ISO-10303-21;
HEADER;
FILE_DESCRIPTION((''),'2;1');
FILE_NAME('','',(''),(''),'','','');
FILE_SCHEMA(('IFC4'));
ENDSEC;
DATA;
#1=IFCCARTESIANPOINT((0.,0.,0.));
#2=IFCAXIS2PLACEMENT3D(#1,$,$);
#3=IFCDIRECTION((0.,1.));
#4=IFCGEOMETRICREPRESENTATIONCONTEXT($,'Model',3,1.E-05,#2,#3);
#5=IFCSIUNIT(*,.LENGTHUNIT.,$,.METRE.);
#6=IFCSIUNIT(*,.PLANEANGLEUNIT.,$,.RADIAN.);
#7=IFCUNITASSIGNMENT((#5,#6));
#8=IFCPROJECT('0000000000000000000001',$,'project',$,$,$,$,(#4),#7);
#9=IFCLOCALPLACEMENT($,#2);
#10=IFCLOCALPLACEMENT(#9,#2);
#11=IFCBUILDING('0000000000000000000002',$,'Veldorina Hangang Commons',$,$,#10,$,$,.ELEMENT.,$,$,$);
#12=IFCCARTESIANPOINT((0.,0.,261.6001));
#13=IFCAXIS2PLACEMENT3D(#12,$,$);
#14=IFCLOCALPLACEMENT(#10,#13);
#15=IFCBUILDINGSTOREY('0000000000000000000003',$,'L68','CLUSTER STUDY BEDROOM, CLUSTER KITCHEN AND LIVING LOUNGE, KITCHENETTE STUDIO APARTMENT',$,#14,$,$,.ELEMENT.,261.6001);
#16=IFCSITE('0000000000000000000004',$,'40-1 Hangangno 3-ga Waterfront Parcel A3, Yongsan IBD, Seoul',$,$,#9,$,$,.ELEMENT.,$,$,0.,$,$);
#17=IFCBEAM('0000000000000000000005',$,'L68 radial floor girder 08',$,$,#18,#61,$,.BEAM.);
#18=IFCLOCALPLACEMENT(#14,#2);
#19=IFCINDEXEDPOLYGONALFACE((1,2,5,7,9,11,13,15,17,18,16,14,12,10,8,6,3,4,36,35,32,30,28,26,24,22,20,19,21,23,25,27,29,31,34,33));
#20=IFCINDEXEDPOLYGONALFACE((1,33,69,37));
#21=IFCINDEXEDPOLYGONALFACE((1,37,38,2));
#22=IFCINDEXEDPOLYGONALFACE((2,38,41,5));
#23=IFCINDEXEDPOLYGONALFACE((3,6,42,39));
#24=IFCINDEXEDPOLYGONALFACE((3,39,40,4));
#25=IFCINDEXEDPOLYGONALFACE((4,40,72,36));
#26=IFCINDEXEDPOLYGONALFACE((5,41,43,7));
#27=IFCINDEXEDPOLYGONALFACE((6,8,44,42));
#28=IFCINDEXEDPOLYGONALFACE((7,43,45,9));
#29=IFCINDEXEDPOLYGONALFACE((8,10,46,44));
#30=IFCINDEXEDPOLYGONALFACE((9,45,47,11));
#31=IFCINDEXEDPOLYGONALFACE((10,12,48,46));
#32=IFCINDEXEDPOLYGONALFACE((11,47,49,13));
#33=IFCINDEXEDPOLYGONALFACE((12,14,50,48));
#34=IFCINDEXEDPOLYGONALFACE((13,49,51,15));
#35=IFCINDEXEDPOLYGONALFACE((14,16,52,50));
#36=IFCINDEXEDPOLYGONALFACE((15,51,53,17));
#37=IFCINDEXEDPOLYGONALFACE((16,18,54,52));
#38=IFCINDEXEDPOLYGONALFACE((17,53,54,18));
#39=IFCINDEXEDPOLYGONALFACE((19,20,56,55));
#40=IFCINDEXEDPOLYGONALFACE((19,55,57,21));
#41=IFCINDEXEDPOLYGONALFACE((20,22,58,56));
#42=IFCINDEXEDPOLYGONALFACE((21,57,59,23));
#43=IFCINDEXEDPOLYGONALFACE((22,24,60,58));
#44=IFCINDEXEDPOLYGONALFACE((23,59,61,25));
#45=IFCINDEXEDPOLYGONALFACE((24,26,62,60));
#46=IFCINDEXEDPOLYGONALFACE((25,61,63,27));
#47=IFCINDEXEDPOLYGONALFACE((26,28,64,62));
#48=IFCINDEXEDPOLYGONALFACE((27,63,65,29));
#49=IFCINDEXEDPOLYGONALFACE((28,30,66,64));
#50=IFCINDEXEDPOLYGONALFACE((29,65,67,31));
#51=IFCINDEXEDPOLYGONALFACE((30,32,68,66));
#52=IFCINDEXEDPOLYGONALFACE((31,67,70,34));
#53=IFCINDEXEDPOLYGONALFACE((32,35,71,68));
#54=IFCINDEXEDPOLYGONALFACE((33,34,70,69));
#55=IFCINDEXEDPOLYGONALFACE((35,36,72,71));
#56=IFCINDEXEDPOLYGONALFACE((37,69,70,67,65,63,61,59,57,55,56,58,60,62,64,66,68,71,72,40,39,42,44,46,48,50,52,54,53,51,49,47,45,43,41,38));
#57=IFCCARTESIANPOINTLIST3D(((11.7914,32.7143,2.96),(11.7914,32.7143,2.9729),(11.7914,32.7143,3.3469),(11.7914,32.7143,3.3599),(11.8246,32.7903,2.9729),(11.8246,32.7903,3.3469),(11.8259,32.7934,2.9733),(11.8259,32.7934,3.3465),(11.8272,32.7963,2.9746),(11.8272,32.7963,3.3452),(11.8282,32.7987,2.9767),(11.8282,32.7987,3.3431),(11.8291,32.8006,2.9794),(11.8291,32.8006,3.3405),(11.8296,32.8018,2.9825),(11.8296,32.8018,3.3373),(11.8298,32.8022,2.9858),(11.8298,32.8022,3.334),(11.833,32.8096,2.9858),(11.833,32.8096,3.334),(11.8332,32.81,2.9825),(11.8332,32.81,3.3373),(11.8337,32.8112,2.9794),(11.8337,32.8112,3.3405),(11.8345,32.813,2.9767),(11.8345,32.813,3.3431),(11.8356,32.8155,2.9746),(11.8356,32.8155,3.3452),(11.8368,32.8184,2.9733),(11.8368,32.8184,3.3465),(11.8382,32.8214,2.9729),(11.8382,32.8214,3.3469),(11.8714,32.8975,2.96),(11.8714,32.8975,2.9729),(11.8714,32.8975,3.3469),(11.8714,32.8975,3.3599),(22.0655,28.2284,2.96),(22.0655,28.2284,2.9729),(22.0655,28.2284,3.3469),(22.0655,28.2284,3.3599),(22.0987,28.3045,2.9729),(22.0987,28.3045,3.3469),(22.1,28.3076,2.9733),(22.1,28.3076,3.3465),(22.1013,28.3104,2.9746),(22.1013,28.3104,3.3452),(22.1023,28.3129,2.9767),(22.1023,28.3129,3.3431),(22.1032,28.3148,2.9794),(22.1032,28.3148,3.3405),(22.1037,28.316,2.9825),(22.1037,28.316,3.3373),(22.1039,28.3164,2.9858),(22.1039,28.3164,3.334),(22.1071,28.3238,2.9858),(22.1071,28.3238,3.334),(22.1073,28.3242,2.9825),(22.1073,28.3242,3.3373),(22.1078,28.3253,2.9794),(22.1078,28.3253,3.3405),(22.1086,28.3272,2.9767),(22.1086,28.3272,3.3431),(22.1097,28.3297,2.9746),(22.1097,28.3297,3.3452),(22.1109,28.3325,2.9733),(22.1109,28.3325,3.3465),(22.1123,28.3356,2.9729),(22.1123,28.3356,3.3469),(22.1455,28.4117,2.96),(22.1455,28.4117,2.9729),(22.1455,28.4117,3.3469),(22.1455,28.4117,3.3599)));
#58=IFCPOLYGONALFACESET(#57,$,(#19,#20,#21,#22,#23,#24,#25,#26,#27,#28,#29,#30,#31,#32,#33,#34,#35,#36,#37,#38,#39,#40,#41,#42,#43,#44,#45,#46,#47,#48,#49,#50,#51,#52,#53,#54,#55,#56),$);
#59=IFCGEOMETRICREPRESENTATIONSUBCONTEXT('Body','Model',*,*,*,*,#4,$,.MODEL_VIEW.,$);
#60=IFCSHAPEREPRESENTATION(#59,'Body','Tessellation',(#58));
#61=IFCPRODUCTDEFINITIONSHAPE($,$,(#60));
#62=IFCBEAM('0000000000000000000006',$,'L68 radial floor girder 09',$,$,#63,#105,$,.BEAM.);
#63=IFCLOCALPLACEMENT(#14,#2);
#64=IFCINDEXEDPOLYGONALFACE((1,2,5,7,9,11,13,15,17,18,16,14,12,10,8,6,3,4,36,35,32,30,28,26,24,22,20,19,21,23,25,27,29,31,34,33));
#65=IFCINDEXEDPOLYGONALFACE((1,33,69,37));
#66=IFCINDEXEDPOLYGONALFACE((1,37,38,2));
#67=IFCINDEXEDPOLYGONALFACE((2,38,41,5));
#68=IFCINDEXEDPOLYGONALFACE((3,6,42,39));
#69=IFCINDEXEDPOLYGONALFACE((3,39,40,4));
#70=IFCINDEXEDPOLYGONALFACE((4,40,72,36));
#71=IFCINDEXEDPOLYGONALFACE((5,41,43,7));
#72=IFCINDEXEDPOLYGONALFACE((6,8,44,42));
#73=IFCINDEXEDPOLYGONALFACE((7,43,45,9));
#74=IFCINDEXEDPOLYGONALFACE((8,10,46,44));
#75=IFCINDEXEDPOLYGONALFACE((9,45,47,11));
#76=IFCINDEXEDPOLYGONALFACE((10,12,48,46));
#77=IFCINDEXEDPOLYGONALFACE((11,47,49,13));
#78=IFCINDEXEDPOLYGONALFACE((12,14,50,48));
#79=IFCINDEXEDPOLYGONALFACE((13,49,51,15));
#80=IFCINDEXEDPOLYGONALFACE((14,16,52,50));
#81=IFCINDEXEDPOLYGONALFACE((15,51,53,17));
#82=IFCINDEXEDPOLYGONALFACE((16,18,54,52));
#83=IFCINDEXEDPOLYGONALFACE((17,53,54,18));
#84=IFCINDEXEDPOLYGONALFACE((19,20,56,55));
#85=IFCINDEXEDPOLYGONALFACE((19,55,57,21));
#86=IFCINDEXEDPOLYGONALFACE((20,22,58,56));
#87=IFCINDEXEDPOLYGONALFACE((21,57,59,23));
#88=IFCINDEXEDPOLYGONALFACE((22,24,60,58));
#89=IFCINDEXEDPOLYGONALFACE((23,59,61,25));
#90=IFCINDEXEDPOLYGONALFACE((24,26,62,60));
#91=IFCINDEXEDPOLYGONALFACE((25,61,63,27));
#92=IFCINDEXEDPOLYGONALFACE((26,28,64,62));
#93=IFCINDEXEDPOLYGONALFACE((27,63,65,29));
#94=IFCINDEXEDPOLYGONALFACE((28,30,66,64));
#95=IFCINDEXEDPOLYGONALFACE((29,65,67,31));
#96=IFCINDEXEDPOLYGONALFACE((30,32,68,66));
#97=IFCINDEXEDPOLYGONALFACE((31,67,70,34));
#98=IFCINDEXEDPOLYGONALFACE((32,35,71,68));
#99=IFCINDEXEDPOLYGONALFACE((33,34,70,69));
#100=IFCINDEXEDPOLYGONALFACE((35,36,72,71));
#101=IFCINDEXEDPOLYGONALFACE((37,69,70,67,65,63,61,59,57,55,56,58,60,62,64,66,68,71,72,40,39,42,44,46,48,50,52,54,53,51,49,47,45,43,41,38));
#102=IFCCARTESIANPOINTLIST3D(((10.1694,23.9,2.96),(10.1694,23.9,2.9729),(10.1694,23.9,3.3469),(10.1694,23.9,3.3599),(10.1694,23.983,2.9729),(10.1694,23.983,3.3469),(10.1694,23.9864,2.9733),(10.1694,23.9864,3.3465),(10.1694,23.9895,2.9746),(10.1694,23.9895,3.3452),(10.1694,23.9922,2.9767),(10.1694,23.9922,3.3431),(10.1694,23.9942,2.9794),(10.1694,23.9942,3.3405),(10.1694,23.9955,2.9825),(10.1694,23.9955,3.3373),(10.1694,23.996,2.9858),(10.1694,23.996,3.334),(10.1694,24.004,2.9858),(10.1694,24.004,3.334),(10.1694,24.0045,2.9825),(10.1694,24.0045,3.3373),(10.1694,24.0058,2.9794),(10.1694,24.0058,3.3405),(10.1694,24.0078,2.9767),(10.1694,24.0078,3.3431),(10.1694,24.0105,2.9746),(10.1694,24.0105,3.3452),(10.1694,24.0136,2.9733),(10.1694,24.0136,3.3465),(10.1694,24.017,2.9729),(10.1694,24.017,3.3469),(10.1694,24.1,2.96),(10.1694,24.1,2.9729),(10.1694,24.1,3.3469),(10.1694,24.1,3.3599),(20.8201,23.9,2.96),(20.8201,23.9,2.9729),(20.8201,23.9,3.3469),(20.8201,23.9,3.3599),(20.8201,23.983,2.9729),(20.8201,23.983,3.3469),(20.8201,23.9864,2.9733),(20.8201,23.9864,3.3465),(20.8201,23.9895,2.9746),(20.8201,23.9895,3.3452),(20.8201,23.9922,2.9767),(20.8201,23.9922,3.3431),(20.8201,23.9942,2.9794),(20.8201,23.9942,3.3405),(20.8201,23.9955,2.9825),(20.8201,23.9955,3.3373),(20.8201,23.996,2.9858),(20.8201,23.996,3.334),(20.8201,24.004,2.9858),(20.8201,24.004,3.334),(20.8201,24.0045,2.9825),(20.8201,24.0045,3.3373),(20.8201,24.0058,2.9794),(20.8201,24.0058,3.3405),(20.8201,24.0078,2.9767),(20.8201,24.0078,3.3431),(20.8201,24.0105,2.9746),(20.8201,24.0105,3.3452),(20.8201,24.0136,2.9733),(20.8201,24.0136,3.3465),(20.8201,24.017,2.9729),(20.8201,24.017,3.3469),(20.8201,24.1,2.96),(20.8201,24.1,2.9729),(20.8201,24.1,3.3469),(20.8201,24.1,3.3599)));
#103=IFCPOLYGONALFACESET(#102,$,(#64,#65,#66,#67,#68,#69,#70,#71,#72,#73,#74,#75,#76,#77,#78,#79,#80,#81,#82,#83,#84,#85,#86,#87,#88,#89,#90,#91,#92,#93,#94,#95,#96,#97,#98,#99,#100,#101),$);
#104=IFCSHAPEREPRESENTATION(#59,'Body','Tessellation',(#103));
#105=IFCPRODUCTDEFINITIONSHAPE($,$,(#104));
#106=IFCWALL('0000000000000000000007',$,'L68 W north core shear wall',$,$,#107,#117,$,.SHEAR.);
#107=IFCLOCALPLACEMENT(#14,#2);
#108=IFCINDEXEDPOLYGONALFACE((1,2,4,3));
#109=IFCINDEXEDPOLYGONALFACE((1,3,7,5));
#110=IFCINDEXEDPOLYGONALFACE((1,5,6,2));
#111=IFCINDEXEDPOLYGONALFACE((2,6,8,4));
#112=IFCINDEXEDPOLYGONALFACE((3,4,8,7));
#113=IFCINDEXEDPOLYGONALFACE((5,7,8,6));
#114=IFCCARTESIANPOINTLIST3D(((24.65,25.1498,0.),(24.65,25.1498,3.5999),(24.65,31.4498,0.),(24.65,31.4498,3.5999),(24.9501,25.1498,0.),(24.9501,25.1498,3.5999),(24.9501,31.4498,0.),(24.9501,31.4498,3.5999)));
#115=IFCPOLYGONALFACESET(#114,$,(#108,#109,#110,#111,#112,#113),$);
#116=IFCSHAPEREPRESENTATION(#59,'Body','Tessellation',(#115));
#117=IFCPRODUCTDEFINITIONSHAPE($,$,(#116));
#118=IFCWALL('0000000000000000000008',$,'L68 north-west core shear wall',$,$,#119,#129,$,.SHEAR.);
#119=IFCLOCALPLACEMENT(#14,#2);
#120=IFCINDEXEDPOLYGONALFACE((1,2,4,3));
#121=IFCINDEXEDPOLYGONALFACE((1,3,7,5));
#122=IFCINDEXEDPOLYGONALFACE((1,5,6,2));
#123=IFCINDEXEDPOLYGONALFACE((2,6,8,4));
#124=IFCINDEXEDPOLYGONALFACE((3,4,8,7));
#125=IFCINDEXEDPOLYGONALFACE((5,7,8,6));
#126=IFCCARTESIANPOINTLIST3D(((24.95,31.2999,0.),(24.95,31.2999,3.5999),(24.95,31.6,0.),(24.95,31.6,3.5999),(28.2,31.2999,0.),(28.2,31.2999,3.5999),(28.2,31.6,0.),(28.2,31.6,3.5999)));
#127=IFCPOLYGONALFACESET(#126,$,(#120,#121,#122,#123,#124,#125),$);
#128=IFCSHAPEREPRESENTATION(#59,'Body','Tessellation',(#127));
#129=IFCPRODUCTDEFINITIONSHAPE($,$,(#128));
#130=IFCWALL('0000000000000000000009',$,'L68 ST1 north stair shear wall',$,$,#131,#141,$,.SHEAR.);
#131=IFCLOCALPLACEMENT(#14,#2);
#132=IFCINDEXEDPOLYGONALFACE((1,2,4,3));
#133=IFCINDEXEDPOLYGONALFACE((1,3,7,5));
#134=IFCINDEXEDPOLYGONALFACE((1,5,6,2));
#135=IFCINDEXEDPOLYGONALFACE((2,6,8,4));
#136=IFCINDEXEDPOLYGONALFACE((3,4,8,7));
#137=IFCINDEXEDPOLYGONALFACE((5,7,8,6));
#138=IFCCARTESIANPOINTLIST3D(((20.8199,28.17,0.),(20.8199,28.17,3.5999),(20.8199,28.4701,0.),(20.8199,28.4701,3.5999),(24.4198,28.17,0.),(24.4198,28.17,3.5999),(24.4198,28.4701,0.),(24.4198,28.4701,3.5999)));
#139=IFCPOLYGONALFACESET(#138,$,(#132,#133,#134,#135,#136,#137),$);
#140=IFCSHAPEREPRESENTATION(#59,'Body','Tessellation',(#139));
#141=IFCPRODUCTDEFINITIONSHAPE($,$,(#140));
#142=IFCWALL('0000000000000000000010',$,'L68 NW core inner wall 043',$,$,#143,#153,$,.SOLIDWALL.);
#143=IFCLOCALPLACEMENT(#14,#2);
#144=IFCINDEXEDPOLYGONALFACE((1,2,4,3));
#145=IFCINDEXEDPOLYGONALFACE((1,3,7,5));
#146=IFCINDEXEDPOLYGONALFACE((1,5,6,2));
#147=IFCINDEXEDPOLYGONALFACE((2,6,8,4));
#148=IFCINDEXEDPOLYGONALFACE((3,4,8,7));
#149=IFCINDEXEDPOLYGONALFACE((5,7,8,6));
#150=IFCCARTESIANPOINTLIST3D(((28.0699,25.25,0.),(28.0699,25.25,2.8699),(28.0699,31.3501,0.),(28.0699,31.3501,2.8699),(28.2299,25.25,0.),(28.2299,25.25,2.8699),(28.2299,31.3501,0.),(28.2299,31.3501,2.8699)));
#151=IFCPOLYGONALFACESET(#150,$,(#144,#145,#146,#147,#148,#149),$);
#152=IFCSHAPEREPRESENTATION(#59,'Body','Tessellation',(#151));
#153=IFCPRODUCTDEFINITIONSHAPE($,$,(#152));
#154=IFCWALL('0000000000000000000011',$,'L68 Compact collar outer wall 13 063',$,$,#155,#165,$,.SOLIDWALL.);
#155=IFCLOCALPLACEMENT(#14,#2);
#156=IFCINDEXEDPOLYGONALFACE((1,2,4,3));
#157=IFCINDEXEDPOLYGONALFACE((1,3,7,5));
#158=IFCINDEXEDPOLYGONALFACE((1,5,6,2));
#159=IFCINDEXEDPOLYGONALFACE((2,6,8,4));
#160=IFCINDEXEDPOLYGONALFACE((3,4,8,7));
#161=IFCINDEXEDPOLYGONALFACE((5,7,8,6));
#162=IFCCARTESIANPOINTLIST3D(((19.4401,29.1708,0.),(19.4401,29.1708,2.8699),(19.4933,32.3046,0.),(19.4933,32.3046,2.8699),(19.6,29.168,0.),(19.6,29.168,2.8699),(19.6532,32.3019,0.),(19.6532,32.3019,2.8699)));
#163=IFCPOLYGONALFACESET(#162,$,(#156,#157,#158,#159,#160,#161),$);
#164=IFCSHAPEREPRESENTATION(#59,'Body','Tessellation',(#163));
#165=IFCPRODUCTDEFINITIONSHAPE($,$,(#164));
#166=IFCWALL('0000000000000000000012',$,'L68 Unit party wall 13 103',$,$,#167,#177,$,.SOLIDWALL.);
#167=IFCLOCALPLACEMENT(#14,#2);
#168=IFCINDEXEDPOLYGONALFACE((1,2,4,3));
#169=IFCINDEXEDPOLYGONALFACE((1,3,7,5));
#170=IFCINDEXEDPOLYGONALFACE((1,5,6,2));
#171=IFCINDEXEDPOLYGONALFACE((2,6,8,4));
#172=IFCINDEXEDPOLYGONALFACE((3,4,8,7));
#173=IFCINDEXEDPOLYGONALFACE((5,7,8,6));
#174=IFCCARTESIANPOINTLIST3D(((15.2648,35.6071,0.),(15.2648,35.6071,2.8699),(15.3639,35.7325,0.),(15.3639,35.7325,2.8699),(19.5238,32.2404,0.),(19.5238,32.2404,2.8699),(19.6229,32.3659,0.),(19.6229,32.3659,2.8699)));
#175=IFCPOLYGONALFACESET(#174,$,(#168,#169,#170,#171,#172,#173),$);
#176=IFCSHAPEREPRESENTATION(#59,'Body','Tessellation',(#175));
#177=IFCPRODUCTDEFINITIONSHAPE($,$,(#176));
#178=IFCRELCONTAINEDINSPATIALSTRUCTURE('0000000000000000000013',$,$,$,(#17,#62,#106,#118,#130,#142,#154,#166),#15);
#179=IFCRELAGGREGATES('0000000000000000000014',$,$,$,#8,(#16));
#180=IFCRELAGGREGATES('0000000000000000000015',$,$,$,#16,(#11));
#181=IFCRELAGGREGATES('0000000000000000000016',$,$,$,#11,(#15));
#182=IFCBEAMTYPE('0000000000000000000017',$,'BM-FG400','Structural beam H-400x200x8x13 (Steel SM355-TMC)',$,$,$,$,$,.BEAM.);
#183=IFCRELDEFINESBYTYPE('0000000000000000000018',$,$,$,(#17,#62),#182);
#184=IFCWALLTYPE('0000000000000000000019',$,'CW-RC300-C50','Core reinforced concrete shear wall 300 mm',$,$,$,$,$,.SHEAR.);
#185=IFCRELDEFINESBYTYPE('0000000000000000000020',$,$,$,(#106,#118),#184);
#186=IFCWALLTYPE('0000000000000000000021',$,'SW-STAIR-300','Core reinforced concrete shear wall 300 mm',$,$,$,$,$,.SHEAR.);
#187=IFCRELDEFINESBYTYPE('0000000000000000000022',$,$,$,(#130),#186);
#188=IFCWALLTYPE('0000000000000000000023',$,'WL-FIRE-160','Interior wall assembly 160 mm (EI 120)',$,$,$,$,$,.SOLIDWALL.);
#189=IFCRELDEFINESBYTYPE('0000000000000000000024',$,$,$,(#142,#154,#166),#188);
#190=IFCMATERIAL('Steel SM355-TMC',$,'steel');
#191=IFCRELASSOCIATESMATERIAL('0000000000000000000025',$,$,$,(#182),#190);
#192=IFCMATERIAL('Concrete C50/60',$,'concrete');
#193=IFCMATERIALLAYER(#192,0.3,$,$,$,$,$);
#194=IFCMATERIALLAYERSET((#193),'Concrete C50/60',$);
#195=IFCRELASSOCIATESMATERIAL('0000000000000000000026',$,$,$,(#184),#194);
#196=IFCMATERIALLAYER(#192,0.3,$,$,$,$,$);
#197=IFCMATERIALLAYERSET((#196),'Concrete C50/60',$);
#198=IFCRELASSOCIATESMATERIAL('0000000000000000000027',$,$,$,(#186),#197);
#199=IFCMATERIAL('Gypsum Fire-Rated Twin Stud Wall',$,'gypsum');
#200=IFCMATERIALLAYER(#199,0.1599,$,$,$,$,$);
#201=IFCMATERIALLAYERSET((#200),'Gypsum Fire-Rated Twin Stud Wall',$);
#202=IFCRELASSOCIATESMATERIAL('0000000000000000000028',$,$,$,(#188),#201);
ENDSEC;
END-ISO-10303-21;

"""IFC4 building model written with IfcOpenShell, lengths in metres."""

from ifc_helpers import new_model, si_unit, direction, frame, frame_2d, origin, origin_2d, place, context, subcontext, project, spatial, rectangle, i_section, extrude, material, layer, layer_set, material_profile, profile_set, type_object, element, save


model = new_model("IFC4")

# Units and contexts
model_context = context("Model", 3, precision=1e-05, world=origin(), true_north=direction((0.0, 1.0)))
body_context = subcontext(model_context, "Body", "Model", "MODEL_VIEW")
ifc_project = project(units=[si_unit("LENGTHUNIT", "METRE"), si_unit("PLANEANGLEUNIT", "RADIAN")], contexts=[model_context])

# Site, building, storey
site_placement = place(None, origin())
site = spatial("IfcSite", under=ifc_project, at=site_placement, Name="40-1 Hangangno 3-ga Waterfront Parcel A3, Yongsan IBD, Seoul", CompositionType="ELEMENT", RefElevation=0.0)
building_placement = place(site_placement, origin())
building = spatial("IfcBuilding", under=site, at=building_placement, Name="Veldorina Hangang Commons", CompositionType="ELEMENT")
storey_placement = place(building_placement, frame((0.0, 0.0, 261.6001)))
storey = spatial("IfcBuildingStorey", under=building, at=storey_placement, Name="L68", Description="CLUSTER STUDY BEDROOM, CLUSTER KITCHEN AND LIVING LOUNGE, KITCHENETTE STUDIO APARTMENT", CompositionType="ELEMENT", Elevation=261.6001)

# Beams
ifc_material_1 = material(Name="Concrete C50/60", Category="concrete")
ifc_material_2 = material(Name="Steel SM355-TMC", Category="steel")
ifc_material_profile_1 = material_profile(ifc_material_2, i_section(OverallWidth=0.2, OverallDepth=0.3999, WebThickness=0.0081, FlangeThickness=0.0129, FilletRadius=0.0129, at=origin_2d()), Name="H-400x200x8x13")
ifc_profile_set_1 = profile_set([ifc_material_profile_1], Name="Steel SM355-TMC")
beam_type_1 = type_object("IfcBeamType", Name="BM-FG400", Description="Structural beam H-400x200x8x13 (Steel SM355-TMC)", PredefinedType="BEAM", material=ifc_profile_set_1)
beam_1_placement = place(storey_placement, frame((22.1055, 28.3201, 3.1599), z_axis=(-0.916455, 0.400137, 0.0), x_axis=(-0.400137, -0.916455, 0.0)))
element("IfcBeam", 1, at=beam_1_placement, inside=storey, type_object=beam_type_1, Name="L68 radial floor girder 08", PredefinedType="BEAM", context=body_context, shape_type="SweptSolid", body=[
    extrude(i_section(OverallWidth=0.2, OverallDepth=0.3999, WebThickness=0.0081, FlangeThickness=0.0129, FilletRadius=0.0129, at=origin_2d()), origin(), (0.0, 0.0, 1.0), 11.2107),
])
beam_2_placement = place(storey_placement, frame((20.8201, 24.0, 3.1599), z_axis=(-1.0, 0.0, 0.0), x_axis=(0.0, -1.0, 0.0)))
element("IfcBeam", 2, at=beam_2_placement, inside=storey, type_object=beam_type_1, Name="L68 radial floor girder 09", PredefinedType="BEAM", context=body_context, shape_type="SweptSolid", body=[
    extrude(i_section(OverallWidth=0.2, OverallDepth=0.3999, WebThickness=0.0081, FlangeThickness=0.0129, FilletRadius=0.0129, at=origin_2d()), origin(), (0.0, 0.0, 1.0), 10.6506),
])

# Walls
ifc_layer_1 = layer(ifc_material_1, 0.3)
ifc_layer_set_1 = layer_set([ifc_layer_1], Name="Concrete C50/60")
wall_type_1 = type_object("IfcWallType", Name="CW-RC300-C50", Description="Core reinforced concrete shear wall 300 mm", PredefinedType="SHEAR", material=ifc_layer_set_1)
wall_1_placement = place(storey_placement, frame((24.8, 25.1499, 0.0), z_axis=(0.0, 0.0, 1.0), x_axis=(0.0, 1.0, 0.0)))
element("IfcWall", 3, at=wall_1_placement, inside=storey, type_object=wall_type_1, Name="L68 W north core shear wall", PredefinedType="SHEAR", context=body_context, shape_type="SweptSolid", body=[
    extrude(rectangle(XDim=6.3, YDim=0.3, at=frame_2d((3.1499, 0.0))), origin(), (0.0, 0.0, 1.0), 3.5999),
])
wall_2_placement = place(storey_placement, frame((24.95, 31.45, 0.0), z_axis=(0.0, 0.0, 1.0), x_axis=(1.0, 0.0, 0.0)))
element("IfcWall", 4, at=wall_2_placement, inside=storey, type_object=wall_type_1, Name="L68 north-west core shear wall", PredefinedType="SHEAR", context=body_context, shape_type="SweptSolid", body=[
    extrude(rectangle(XDim=3.25, YDim=0.3, at=frame_2d((1.625, 0.0))), origin(), (0.0, 0.0, 1.0), 3.5999),
])
ifc_layer_2 = layer(ifc_material_1, 0.3)
ifc_layer_set_2 = layer_set([ifc_layer_2], Name="Concrete C50/60")
wall_type_2 = type_object("IfcWallType", Name="SW-STAIR-300", Description="Core reinforced concrete shear wall 300 mm", PredefinedType="SHEAR", material=ifc_layer_set_2)
wall_3_placement = place(storey_placement, frame((20.8201, 28.3201, 0.0), z_axis=(0.0, 0.0, 1.0), x_axis=(1.0, 0.0, 0.0)))
element("IfcWall", 5, at=wall_3_placement, inside=storey, type_object=wall_type_2, Name="L68 ST1 north stair shear wall", PredefinedType="SHEAR", context=body_context, shape_type="SweptSolid", body=[
    extrude(rectangle(XDim=3.5999, YDim=0.3, at=frame_2d((1.7998, 0.0))), origin(), (0.0, 0.0, 1.0), 3.5999),
])
ifc_material_3 = material(Name="Gypsum Fire-Rated Twin Stud Wall", Category="gypsum")
ifc_layer_3 = layer(ifc_material_3, 0.1599)
ifc_layer_set_3 = layer_set([ifc_layer_3], Name="Gypsum Fire-Rated Twin Stud Wall")
wall_type_3 = type_object("IfcWallType", Name="WL-FIRE-160", Description="Interior wall assembly 160 mm (EI 120)", PredefinedType="SOLIDWALL", material=ifc_layer_set_3)
wall_4_placement = place(storey_placement, frame((28.1499, 25.25, 0.0), z_axis=(0.0, 0.0, 1.0), x_axis=(0.0, 1.0, 0.0)))
element("IfcWall", 6, at=wall_4_placement, inside=storey, type_object=wall_type_3, Name="L68 NW core inner wall 043", PredefinedType="SOLIDWALL", context=body_context, shape_type="SweptSolid", body=[
    extrude(rectangle(XDim=6.1001, YDim=0.1599, at=frame_2d((3.05, 0.0))), origin(), (0.0, 0.0, 1.0), 2.8699),
])
wall_5_placement = place(storey_placement, frame((19.5732, 32.3032, 0.0), z_axis=(0.0, 0.0, 1.0), x_axis=(-0.016981, -0.999856, 0.0)))
element("IfcWall", 7, at=wall_5_placement, inside=storey, type_object=wall_type_3, Name="L68 Compact collar outer wall 13 063", PredefinedType="SOLIDWALL", context=body_context, shape_type="SweptSolid", body=[
    extrude(rectangle(XDim=3.1343, YDim=0.1599, at=frame_2d((1.5671, 0.0))), origin(), (0.0, 0.0, 1.0), 2.8699),
])
wall_6_placement = place(storey_placement, frame((19.5732, 32.3032, 0.0), z_axis=(0.0, 0.0, 1.0), x_axis=(-0.784497, 0.620133, 0.0)))
element("IfcWall", 8, at=wall_6_placement, inside=storey, type_object=wall_type_3, Name="L68 Unit party wall 13 103", PredefinedType="SOLIDWALL", context=body_context, shape_type="SweptSolid", body=[
    extrude(rectangle(XDim=5.429, YDim=0.1599, at=frame_2d((2.7144, 0.0))), origin(), (0.0, 0.0, 1.0), 2.8699),
])

save(model, "model.ifc")
